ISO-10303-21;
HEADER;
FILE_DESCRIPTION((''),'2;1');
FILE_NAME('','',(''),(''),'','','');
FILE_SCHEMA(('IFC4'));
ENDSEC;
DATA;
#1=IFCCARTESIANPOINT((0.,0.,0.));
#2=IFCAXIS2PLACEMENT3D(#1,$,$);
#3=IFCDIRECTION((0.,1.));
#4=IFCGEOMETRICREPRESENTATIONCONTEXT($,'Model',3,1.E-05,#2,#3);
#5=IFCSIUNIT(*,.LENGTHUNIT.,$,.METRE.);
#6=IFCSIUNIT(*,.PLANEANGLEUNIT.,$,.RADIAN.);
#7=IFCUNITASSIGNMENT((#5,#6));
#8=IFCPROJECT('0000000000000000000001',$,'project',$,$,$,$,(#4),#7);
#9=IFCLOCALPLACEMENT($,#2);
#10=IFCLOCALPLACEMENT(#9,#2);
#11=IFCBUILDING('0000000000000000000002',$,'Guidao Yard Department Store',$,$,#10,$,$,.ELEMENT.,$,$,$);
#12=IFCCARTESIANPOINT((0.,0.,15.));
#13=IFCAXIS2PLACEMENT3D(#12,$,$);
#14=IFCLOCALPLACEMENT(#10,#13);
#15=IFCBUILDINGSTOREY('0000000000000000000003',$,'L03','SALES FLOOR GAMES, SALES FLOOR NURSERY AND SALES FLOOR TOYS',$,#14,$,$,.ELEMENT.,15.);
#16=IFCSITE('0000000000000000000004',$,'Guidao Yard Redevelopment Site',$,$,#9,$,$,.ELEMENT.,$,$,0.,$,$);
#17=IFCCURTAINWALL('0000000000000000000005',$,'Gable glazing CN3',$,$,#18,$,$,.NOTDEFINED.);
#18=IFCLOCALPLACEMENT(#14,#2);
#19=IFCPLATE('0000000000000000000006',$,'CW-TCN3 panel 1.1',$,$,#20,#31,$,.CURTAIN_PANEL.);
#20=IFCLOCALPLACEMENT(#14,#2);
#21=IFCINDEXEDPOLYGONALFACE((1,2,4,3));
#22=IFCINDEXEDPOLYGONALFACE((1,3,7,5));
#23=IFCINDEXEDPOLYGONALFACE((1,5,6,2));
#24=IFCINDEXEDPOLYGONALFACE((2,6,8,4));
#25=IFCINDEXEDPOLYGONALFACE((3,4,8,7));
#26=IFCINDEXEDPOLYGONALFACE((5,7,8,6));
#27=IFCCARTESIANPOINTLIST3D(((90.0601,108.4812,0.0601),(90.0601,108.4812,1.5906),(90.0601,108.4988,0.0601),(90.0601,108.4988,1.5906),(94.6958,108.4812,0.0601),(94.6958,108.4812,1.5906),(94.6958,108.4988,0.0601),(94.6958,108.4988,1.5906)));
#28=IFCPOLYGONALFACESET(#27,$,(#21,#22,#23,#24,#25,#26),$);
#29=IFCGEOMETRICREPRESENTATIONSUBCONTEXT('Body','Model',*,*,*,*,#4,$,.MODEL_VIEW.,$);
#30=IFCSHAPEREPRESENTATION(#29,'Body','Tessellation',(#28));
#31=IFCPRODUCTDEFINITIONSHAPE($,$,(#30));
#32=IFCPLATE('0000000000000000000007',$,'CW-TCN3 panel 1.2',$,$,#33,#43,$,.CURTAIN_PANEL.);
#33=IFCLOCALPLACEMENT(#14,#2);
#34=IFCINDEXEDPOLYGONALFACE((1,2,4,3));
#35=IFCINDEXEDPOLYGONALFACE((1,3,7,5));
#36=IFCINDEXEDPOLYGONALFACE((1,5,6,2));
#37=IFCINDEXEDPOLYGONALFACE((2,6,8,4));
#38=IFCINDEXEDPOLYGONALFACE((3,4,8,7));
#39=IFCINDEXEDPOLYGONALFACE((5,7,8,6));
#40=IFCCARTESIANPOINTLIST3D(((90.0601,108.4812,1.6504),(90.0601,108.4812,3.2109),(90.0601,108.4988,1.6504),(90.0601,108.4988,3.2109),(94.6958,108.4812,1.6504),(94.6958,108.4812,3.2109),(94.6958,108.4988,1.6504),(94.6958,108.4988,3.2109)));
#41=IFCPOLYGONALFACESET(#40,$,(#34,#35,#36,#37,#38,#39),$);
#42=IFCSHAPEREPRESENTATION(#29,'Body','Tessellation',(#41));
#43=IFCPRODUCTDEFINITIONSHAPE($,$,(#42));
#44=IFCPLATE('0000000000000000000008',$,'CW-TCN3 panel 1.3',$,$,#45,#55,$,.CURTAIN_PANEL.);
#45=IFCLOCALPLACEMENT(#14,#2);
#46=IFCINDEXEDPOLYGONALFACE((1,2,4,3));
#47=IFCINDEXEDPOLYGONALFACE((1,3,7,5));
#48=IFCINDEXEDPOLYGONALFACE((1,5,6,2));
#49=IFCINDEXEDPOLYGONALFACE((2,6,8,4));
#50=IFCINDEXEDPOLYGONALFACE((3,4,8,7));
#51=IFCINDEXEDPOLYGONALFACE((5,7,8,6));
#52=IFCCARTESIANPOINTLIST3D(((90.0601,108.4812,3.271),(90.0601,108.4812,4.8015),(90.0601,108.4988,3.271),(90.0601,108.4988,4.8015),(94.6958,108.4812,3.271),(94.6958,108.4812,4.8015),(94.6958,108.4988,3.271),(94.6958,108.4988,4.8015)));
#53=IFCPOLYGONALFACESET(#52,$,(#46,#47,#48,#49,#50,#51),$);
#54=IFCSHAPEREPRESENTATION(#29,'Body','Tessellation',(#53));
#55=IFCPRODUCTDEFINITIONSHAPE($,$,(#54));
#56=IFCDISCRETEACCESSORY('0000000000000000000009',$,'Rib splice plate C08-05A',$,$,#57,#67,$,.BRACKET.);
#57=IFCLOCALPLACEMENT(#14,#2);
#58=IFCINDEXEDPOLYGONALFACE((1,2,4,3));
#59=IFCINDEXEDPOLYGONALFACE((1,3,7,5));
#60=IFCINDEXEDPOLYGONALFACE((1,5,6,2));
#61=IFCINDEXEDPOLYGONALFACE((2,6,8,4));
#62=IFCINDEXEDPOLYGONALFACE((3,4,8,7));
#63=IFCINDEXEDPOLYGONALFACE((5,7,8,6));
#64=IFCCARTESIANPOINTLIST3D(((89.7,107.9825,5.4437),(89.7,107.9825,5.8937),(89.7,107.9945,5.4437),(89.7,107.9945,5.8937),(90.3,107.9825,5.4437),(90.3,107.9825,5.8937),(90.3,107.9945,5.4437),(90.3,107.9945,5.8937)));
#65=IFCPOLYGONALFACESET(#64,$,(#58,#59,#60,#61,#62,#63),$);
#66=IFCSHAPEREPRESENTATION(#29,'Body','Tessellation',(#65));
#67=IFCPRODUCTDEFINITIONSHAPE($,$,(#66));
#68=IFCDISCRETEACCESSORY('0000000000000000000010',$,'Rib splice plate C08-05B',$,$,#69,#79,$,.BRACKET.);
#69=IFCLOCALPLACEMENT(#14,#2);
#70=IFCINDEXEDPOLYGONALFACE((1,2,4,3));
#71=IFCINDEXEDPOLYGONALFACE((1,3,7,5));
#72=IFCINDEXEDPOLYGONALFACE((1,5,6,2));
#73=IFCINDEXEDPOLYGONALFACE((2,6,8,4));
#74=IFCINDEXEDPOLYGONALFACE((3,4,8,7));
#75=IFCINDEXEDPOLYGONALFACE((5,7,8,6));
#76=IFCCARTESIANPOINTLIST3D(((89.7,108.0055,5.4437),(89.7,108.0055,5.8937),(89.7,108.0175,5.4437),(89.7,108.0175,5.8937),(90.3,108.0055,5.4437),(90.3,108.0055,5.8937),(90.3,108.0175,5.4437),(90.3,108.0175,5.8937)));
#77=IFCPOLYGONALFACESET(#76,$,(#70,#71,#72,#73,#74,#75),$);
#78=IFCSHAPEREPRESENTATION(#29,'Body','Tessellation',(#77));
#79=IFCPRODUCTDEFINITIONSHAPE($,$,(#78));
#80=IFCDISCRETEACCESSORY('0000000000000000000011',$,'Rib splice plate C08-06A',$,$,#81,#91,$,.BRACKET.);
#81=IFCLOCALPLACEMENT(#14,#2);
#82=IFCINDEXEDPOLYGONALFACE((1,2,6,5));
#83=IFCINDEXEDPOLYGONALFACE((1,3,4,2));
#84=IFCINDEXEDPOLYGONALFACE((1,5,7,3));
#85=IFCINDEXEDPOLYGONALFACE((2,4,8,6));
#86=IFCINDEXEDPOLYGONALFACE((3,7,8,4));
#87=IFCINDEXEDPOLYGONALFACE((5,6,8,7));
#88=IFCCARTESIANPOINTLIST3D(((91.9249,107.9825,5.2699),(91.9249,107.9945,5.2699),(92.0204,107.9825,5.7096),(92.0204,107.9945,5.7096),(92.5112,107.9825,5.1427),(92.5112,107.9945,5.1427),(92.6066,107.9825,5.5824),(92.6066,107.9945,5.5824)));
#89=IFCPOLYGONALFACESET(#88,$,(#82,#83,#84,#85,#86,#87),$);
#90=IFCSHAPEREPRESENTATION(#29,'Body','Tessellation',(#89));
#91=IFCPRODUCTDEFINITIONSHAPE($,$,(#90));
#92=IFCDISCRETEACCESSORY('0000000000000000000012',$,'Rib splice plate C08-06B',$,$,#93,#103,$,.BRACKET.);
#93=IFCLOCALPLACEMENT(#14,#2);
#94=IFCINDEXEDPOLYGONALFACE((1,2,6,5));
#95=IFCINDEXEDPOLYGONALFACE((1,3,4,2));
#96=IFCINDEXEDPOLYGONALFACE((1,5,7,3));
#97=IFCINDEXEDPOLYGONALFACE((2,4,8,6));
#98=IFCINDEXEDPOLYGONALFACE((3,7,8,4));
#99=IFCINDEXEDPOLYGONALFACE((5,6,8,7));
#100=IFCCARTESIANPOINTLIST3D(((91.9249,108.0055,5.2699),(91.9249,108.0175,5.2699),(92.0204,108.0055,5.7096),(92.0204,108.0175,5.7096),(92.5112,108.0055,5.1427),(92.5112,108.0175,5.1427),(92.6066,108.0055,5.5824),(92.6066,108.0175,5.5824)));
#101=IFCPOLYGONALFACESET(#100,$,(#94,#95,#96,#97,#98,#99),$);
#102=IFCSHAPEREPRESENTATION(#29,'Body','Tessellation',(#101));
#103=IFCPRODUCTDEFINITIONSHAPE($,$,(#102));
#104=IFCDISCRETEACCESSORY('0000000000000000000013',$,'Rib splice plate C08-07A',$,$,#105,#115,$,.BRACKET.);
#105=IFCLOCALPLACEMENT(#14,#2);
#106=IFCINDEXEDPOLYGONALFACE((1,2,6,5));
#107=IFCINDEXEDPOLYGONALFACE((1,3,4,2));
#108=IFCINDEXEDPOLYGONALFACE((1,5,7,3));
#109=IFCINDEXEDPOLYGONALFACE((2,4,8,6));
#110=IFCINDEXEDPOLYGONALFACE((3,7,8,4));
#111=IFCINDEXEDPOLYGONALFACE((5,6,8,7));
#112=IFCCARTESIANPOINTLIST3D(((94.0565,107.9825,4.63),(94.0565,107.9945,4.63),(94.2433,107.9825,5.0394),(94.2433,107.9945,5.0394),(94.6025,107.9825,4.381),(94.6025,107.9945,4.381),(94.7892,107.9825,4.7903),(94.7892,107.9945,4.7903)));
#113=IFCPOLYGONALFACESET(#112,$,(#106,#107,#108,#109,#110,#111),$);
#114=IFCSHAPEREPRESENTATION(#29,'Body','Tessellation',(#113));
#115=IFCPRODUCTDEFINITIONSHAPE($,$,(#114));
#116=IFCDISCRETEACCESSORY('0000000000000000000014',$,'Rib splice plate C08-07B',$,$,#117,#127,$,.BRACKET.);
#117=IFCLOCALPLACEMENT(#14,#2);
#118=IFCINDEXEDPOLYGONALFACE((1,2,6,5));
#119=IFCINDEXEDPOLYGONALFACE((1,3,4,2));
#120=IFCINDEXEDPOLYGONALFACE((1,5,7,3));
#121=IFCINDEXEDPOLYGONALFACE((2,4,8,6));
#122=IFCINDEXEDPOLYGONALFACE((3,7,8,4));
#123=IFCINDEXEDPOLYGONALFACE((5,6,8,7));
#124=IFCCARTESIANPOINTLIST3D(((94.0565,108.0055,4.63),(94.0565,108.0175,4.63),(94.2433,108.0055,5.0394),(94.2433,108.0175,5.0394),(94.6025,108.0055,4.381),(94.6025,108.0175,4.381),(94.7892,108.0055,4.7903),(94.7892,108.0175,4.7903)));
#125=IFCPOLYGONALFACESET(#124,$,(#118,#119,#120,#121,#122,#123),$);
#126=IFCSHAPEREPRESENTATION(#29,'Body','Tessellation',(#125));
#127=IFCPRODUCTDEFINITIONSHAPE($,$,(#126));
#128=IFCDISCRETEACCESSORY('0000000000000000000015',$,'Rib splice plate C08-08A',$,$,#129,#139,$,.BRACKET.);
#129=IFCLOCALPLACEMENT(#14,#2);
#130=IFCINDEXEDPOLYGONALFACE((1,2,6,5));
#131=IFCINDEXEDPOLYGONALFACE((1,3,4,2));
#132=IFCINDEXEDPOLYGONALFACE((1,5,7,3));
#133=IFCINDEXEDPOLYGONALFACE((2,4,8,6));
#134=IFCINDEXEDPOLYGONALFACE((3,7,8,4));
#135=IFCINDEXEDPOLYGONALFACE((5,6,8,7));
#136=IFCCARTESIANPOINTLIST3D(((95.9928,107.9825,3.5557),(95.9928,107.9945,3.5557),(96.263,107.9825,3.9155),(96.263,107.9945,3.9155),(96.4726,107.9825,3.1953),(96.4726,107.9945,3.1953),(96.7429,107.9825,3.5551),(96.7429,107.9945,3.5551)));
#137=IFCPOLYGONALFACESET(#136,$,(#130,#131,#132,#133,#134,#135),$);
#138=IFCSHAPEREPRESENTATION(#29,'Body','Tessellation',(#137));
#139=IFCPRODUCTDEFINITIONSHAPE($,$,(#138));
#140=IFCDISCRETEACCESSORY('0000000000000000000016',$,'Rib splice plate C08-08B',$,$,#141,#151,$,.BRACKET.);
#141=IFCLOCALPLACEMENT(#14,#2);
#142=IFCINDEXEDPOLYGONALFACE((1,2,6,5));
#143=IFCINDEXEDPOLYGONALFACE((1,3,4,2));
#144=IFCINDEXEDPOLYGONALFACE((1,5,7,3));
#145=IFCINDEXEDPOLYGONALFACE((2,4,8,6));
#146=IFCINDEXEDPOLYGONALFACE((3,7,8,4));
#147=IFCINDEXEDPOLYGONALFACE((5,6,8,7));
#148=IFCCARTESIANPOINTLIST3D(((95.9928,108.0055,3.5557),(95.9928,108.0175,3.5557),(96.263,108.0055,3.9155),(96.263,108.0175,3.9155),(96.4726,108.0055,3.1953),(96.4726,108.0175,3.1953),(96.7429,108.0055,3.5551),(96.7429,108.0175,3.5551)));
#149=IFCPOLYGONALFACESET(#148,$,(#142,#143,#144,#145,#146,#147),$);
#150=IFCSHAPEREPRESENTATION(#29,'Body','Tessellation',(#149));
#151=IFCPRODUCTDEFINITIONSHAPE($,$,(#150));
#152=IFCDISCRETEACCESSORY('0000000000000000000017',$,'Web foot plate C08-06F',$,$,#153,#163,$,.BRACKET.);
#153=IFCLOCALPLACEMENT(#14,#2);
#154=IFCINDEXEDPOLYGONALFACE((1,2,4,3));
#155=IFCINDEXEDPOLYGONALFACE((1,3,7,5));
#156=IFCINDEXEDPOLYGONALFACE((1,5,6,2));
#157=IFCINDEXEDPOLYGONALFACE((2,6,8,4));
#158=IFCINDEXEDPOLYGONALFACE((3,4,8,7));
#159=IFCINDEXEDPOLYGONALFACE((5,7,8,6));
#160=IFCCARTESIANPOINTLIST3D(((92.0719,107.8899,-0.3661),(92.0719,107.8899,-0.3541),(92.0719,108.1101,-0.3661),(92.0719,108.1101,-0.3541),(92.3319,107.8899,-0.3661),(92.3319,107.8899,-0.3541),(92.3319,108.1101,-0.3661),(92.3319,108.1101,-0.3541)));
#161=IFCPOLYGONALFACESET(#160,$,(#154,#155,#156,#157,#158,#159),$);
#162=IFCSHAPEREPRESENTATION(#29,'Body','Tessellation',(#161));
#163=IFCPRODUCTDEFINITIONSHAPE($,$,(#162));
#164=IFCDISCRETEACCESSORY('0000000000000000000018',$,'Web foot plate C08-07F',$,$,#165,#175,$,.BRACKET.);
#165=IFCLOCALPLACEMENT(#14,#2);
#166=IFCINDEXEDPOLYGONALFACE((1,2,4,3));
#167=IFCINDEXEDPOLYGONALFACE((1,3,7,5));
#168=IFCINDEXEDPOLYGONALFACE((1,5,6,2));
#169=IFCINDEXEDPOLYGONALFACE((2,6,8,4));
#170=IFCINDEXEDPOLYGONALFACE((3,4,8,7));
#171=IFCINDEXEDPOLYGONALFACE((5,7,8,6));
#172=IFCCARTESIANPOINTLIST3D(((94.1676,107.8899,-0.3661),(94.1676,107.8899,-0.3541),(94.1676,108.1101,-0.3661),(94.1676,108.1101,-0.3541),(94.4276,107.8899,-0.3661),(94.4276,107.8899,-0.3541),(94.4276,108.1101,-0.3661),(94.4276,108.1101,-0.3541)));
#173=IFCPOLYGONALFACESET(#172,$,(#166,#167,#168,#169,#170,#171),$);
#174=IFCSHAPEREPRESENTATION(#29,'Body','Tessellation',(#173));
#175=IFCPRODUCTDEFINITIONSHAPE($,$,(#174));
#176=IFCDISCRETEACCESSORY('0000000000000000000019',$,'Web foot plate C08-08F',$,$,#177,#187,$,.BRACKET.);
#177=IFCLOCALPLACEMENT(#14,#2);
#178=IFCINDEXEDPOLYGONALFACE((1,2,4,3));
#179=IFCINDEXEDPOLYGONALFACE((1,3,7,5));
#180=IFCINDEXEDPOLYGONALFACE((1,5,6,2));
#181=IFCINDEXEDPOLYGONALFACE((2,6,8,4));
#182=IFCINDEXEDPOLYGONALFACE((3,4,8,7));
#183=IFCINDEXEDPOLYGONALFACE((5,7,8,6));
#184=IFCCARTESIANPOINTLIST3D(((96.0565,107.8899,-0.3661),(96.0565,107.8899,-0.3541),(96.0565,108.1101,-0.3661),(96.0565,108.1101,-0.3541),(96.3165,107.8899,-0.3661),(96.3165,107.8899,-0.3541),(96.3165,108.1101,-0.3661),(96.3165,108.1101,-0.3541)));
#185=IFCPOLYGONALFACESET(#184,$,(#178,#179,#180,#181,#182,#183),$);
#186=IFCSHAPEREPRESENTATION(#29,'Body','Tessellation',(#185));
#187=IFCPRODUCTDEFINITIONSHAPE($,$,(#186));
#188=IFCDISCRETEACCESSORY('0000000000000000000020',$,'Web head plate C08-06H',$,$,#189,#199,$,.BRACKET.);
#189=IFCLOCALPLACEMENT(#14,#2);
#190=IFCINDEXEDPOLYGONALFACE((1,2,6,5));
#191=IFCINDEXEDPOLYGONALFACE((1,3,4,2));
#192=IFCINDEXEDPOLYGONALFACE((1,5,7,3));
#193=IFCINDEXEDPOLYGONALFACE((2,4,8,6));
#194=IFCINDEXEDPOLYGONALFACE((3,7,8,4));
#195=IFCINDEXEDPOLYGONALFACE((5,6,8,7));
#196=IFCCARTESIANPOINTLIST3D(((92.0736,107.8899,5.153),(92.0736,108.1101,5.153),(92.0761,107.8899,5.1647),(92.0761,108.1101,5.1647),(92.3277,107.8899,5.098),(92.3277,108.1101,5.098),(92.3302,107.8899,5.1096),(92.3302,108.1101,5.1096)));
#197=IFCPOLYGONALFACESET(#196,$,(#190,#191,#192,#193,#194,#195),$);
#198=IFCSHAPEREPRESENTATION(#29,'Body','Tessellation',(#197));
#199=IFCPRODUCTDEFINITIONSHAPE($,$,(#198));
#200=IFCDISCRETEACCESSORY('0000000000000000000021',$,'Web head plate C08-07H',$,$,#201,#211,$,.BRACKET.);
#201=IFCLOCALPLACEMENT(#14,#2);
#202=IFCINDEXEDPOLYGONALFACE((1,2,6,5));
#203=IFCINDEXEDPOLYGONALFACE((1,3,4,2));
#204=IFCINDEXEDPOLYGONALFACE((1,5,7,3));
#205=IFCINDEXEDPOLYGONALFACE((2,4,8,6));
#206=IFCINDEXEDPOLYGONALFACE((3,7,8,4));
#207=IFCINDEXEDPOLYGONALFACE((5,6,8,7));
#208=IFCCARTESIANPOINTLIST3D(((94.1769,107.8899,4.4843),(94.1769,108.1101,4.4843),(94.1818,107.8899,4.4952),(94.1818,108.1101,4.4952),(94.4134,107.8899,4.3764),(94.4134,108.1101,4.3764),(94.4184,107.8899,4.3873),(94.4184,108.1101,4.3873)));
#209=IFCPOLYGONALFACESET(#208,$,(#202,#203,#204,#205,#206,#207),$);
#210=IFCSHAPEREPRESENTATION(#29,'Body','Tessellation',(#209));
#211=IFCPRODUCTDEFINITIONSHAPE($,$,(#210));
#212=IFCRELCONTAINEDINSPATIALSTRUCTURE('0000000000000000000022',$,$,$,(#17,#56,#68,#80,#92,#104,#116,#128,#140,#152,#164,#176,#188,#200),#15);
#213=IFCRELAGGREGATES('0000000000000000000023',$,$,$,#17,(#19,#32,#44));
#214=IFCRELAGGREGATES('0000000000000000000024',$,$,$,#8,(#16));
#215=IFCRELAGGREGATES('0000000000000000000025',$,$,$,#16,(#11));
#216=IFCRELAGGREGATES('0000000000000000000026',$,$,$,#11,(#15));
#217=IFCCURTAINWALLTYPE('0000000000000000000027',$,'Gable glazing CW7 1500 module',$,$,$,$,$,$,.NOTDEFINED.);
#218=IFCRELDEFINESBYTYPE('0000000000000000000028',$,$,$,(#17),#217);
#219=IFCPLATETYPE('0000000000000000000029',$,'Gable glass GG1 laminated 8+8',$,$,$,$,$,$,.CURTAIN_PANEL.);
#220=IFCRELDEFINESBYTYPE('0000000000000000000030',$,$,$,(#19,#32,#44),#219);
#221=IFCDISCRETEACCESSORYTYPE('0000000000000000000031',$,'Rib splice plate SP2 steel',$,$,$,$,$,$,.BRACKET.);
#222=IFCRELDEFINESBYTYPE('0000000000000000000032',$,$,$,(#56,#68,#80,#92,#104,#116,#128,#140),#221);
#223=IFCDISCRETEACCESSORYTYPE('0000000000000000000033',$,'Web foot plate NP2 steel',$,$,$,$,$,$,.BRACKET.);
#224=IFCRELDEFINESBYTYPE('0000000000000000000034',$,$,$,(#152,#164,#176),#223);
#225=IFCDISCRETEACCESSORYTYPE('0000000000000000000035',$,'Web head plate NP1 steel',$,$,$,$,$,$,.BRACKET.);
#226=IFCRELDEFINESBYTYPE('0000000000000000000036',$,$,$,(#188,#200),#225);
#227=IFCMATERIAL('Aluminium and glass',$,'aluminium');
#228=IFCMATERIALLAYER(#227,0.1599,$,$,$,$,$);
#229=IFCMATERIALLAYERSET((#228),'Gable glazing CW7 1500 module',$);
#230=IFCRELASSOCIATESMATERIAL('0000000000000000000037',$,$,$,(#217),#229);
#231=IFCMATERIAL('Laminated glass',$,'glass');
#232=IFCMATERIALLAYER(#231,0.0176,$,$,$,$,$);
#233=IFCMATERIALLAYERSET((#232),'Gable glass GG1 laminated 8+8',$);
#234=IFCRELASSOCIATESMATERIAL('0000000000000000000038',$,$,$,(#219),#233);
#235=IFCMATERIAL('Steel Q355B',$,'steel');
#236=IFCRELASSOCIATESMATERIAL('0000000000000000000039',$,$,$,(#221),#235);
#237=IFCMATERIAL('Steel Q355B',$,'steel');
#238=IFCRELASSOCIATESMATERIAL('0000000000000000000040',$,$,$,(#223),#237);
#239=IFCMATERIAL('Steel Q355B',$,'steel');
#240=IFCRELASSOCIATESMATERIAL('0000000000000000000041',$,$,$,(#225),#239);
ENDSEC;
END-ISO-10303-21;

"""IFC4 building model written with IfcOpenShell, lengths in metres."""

from ifc_helpers import new_model, si_unit, direction, frame, origin, origin_2d, place, context, subcontext, project, spatial, rectangle, extrude, material, layer, layer_set, material_profile, profile_set, type_object, element, aggregate, save


model = new_model("IFC4")

# Units and contexts
model_context = context("Model", 3, precision=1e-05, world=origin(), true_north=direction((0.0, 1.0)))
body_context = subcontext(model_context, "Body", "Model", "MODEL_VIEW")
ifc_project = project(units=[si_unit("LENGTHUNIT", "METRE"), si_unit("PLANEANGLEUNIT", "RADIAN")], contexts=[model_context])

# Site, building, storey
site_placement = place(None, origin())
site = spatial("IfcSite", under=ifc_project, at=site_placement, Name="Guidao Yard Redevelopment Site", CompositionType="ELEMENT", RefElevation=0.0)
building_placement = place(site_placement, origin())
building = spatial("IfcBuilding", under=site, at=building_placement, Name="Guidao Yard Department Store", CompositionType="ELEMENT")
storey_placement = place(building_placement, frame((0.0, 0.0, 15.0)))
storey = spatial("IfcBuildingStorey", under=building, at=storey_placement, Name="L03", Description="SALES FLOOR GAMES, SALES FLOOR NURSERY AND SALES FLOOR TOYS", CompositionType="ELEMENT", Elevation=15.0)

# Shared definitions
ifc_material_1 = material(Name="Aluminium and glass", Category="aluminium")
ifc_layer_1 = layer(ifc_material_1, 0.1599)
ifc_layer_set_1 = layer_set([ifc_layer_1], Name="Gable glazing CW7 1500 module")
curtain_wall_type = type_object("IfcCurtainWallType", Name="Gable glazing CW7 1500 module", PredefinedType="NOTDEFINED", material=ifc_layer_set_1)

# Curtain wall
curtain_wall_1_placement = place(storey_placement, origin())
curtain_wall_1 = element("IfcCurtainWall", 1, at=curtain_wall_1_placement, inside=storey, type_object=curtain_wall_type, Name="Gable glazing CN3", PredefinedType="NOTDEFINED")

# Plates
ifc_material_2 = material(Name="Laminated glass", Category="glass")
ifc_layer_2 = layer(ifc_material_2, 0.0176)
ifc_layer_set_2 = layer_set([ifc_layer_2], Name="Gable glass GG1 laminated 8+8")
plate_type = type_object("IfcPlateType", Name="Gable glass GG1 laminated 8+8", PredefinedType="CURTAIN_PANEL", material=ifc_layer_set_2)
plate_1_placement = place(storey_placement, frame((92.3779, 108.49, 0.0601), z_axis=(0.0, 0.0, 1.0), x_axis=(1.0, 0.0, 0.0)))
plate_1 = element("IfcPlate", 2, at=plate_1_placement, type_object=plate_type, Name="CW-TCN3 panel 1.1", PredefinedType="CURTAIN_PANEL", context=body_context, shape_type="SweptSolid", body=[
    extrude(rectangle(XDim=4.6357, YDim=0.0176, at=origin_2d()), origin(), (0.0, 0.0, 1.0), 1.5305),
])
plate_2_placement = place(storey_placement, frame((92.3779, 108.49, 1.6504), z_axis=(0.0, 0.0, 1.0), x_axis=(1.0, 0.0, 0.0)))
plate_2 = element("IfcPlate", 3, at=plate_2_placement, type_object=plate_type, Name="CW-TCN3 panel 1.2", PredefinedType="CURTAIN_PANEL", context=body_context, shape_type="SweptSolid", body=[
    extrude(rectangle(XDim=4.6357, YDim=0.0176, at=origin_2d()), origin(), (0.0, 0.0, 1.0), 1.5605),
])
plate_3_placement = place(storey_placement, frame((92.3779, 108.49, 3.271), z_axis=(0.0, 0.0, 1.0), x_axis=(1.0, 0.0, 0.0)))
plate_3 = element("IfcPlate", 4, at=plate_3_placement, type_object=plate_type, Name="CW-TCN3 panel 1.3", PredefinedType="CURTAIN_PANEL", context=body_context, shape_type="SweptSolid", body=[
    extrude(rectangle(XDim=4.6357, YDim=0.0176, at=origin_2d()), origin(), (0.0, 0.0, 1.0), 1.5305),
])
aggregate(curtain_wall_1, [plate_1, plate_2, plate_3])

# Discrete accessories
ifc_material_3 = material(Name="Steel Q355B", Category="steel")
ifc_material_profile_1 = material_profile(ifc_material_3, rectangle(XDim=0.012, YDim=0.45, at=origin_2d()), Name="Splice plate 450x12")
ifc_profile_set_1 = profile_set([ifc_material_profile_1], Name="Steel Q355B")
discrete_accessory_type_1 = type_object("IfcDiscreteAccessoryType", Name="Rib splice plate SP2 steel", PredefinedType="BRACKET", material=ifc_profile_set_1)
for number, where, z_axis, x_axis, name in (
    (5, (89.7, 107.9885, 5.6687), (1.0, 0.0, 0.0), (0.0, 1.0, 0.0), "Rib splice plate C08-05A"),
    (6, (89.7, 108.0115, 5.6687), (1.0, 0.0, 0.0), (0.0, 1.0, 0.0), "Rib splice plate C08-05B"),
):
    element("IfcDiscreteAccessory", number, at=place(storey_placement, frame(where, z_axis=z_axis, x_axis=x_axis)), inside=storey, type_object=discrete_accessory_type_1, Name=name, PredefinedType="BRACKET", context=body_context, shape_type="SweptSolid", body=[
        extrude(rectangle(XDim=0.012, YDim=0.45, at=origin_2d()), origin(), (0.0, 0.0, 1.0), 0.6001),
    ])
for number, where, z_axis, x_axis, name in (
    (7, (91.9727, 107.9885, 5.4897), (0.977257, 0.0, -0.212058), (0.0, 1.0, 0.0), "Rib splice plate C08-06A"),
    (8, (91.9727, 108.0115, 5.4897), (0.977257, 0.0, -0.212058), (0.0, 1.0, 0.0), "Rib splice plate C08-06B"),
):
    element("IfcDiscreteAccessory", number, at=place(storey_placement, frame(where, z_axis=z_axis, x_axis=x_axis)), inside=storey, type_object=discrete_accessory_type_1, Name=name, PredefinedType="BRACKET", context=body_context, shape_type="SweptSolid", body=[
        extrude(rectangle(XDim=0.012, YDim=0.45, at=origin_2d()), origin(), (0.0, 0.0, 1.0), 0.5999),
    ])
for number, where, z_axis, x_axis, name in (
    (9, (94.1499, 107.9885, 4.8347), (0.909808, 0.0, -0.415029), (0.0, 1.0, 0.0), "Rib splice plate C08-07A"),
    (10, (94.1499, 108.0115, 4.8347), (0.909808, 0.0, -0.415029), (0.0, 1.0, 0.0), "Rib splice plate C08-07B"),
    (11, (96.1279, 107.9885, 3.7356), (0.79956, 0.0, -0.600586), (0.0, 1.0, 0.0), "Rib splice plate C08-08A"),
    (12, (96.1279, 108.0115, 3.7356), (0.79956, 0.0, -0.600586), (0.0, 1.0, 0.0), "Rib splice plate C08-08B"),
):
    element("IfcDiscreteAccessory", number, at=place(storey_placement, frame(where, z_axis=z_axis, x_axis=x_axis)), inside=storey, type_object=discrete_accessory_type_1, Name=name, PredefinedType="BRACKET", context=body_context, shape_type="SweptSolid", body=[
        extrude(rectangle(XDim=0.012, YDim=0.45, at=origin_2d()), origin(), (0.0, 0.0, 1.0), 0.6001),
    ])
ifc_material_4 = material(Name="Steel Q355B", Category="steel")
ifc_material_profile_2 = material_profile(ifc_material_4, rectangle(XDim=0.26, YDim=0.012, at=origin_2d()), Name="Node plate 260x12")
ifc_profile_set_2 = profile_set([ifc_material_profile_2], Name="Steel Q355B")
discrete_accessory_type_2 = type_object("IfcDiscreteAccessoryType", Name="Web foot plate NP2 steel", PredefinedType="BRACKET", material=ifc_profile_set_2)
for number, where, z_axis, x_axis, name in (
    (13, (92.2019, 107.8899, -0.3601), (0.0, 1.0, 0.0), (-1.0, 0.0, 0.0), "Web foot plate C08-06F"),
    (14, (94.2976, 107.8899, -0.3601), (0.0, 1.0, 0.0), (-1.0, 0.0, 0.0), "Web foot plate C08-07F"),
    (15, (96.1865, 107.8899, -0.3601), (0.0, 1.0, 0.0), (-1.0, 0.0, 0.0), "Web foot plate C08-08F"),
):
    element("IfcDiscreteAccessory", number, at=place(storey_placement, frame(where, z_axis=z_axis, x_axis=x_axis)), inside=storey, type_object=discrete_accessory_type_2, Name=name, PredefinedType="BRACKET", context=body_context, shape_type="SweptSolid", body=[
        extrude(rectangle(XDim=0.26, YDim=0.012, at=origin_2d()), origin(), (0.0, 0.0, 1.0), 0.2202),
    ])
ifc_material_5 = material(Name="Steel Q355B", Category="steel")
ifc_material_profile_3 = material_profile(ifc_material_5, rectangle(XDim=0.26, YDim=0.012, at=origin_2d()), Name="Node plate 260x12")
ifc_profile_set_3 = profile_set([ifc_material_profile_3], Name="Steel Q355B")
discrete_accessory_type_3 = type_object("IfcDiscreteAccessoryType", Name="Web head plate NP1 steel", PredefinedType="BRACKET", material=ifc_profile_set_3)
for number, where, z_axis, x_axis, name in (
    (16, (92.2019, 107.8899, 5.1313), (0.0, 1.0, 0.0), (-0.977292, 0.0, 0.211897), "Web head plate C08-06H"),
    (17, (94.2976, 107.8899, 4.4358), (0.0, 1.0, 0.0), (-0.909751, 0.0, 0.415155), "Web head plate C08-07H"),
):
    element("IfcDiscreteAccessory", number, at=place(storey_placement, frame(where, z_axis=z_axis, x_axis=x_axis)), inside=storey, type_object=discrete_accessory_type_3, Name=name, PredefinedType="BRACKET", context=body_context, shape_type="SweptSolid", body=[
        extrude(rectangle(XDim=0.26, YDim=0.012, at=origin_2d()), origin(), (0.0, 0.0, 1.0), 0.2202),
    ])

save(model, "model.ifc")
